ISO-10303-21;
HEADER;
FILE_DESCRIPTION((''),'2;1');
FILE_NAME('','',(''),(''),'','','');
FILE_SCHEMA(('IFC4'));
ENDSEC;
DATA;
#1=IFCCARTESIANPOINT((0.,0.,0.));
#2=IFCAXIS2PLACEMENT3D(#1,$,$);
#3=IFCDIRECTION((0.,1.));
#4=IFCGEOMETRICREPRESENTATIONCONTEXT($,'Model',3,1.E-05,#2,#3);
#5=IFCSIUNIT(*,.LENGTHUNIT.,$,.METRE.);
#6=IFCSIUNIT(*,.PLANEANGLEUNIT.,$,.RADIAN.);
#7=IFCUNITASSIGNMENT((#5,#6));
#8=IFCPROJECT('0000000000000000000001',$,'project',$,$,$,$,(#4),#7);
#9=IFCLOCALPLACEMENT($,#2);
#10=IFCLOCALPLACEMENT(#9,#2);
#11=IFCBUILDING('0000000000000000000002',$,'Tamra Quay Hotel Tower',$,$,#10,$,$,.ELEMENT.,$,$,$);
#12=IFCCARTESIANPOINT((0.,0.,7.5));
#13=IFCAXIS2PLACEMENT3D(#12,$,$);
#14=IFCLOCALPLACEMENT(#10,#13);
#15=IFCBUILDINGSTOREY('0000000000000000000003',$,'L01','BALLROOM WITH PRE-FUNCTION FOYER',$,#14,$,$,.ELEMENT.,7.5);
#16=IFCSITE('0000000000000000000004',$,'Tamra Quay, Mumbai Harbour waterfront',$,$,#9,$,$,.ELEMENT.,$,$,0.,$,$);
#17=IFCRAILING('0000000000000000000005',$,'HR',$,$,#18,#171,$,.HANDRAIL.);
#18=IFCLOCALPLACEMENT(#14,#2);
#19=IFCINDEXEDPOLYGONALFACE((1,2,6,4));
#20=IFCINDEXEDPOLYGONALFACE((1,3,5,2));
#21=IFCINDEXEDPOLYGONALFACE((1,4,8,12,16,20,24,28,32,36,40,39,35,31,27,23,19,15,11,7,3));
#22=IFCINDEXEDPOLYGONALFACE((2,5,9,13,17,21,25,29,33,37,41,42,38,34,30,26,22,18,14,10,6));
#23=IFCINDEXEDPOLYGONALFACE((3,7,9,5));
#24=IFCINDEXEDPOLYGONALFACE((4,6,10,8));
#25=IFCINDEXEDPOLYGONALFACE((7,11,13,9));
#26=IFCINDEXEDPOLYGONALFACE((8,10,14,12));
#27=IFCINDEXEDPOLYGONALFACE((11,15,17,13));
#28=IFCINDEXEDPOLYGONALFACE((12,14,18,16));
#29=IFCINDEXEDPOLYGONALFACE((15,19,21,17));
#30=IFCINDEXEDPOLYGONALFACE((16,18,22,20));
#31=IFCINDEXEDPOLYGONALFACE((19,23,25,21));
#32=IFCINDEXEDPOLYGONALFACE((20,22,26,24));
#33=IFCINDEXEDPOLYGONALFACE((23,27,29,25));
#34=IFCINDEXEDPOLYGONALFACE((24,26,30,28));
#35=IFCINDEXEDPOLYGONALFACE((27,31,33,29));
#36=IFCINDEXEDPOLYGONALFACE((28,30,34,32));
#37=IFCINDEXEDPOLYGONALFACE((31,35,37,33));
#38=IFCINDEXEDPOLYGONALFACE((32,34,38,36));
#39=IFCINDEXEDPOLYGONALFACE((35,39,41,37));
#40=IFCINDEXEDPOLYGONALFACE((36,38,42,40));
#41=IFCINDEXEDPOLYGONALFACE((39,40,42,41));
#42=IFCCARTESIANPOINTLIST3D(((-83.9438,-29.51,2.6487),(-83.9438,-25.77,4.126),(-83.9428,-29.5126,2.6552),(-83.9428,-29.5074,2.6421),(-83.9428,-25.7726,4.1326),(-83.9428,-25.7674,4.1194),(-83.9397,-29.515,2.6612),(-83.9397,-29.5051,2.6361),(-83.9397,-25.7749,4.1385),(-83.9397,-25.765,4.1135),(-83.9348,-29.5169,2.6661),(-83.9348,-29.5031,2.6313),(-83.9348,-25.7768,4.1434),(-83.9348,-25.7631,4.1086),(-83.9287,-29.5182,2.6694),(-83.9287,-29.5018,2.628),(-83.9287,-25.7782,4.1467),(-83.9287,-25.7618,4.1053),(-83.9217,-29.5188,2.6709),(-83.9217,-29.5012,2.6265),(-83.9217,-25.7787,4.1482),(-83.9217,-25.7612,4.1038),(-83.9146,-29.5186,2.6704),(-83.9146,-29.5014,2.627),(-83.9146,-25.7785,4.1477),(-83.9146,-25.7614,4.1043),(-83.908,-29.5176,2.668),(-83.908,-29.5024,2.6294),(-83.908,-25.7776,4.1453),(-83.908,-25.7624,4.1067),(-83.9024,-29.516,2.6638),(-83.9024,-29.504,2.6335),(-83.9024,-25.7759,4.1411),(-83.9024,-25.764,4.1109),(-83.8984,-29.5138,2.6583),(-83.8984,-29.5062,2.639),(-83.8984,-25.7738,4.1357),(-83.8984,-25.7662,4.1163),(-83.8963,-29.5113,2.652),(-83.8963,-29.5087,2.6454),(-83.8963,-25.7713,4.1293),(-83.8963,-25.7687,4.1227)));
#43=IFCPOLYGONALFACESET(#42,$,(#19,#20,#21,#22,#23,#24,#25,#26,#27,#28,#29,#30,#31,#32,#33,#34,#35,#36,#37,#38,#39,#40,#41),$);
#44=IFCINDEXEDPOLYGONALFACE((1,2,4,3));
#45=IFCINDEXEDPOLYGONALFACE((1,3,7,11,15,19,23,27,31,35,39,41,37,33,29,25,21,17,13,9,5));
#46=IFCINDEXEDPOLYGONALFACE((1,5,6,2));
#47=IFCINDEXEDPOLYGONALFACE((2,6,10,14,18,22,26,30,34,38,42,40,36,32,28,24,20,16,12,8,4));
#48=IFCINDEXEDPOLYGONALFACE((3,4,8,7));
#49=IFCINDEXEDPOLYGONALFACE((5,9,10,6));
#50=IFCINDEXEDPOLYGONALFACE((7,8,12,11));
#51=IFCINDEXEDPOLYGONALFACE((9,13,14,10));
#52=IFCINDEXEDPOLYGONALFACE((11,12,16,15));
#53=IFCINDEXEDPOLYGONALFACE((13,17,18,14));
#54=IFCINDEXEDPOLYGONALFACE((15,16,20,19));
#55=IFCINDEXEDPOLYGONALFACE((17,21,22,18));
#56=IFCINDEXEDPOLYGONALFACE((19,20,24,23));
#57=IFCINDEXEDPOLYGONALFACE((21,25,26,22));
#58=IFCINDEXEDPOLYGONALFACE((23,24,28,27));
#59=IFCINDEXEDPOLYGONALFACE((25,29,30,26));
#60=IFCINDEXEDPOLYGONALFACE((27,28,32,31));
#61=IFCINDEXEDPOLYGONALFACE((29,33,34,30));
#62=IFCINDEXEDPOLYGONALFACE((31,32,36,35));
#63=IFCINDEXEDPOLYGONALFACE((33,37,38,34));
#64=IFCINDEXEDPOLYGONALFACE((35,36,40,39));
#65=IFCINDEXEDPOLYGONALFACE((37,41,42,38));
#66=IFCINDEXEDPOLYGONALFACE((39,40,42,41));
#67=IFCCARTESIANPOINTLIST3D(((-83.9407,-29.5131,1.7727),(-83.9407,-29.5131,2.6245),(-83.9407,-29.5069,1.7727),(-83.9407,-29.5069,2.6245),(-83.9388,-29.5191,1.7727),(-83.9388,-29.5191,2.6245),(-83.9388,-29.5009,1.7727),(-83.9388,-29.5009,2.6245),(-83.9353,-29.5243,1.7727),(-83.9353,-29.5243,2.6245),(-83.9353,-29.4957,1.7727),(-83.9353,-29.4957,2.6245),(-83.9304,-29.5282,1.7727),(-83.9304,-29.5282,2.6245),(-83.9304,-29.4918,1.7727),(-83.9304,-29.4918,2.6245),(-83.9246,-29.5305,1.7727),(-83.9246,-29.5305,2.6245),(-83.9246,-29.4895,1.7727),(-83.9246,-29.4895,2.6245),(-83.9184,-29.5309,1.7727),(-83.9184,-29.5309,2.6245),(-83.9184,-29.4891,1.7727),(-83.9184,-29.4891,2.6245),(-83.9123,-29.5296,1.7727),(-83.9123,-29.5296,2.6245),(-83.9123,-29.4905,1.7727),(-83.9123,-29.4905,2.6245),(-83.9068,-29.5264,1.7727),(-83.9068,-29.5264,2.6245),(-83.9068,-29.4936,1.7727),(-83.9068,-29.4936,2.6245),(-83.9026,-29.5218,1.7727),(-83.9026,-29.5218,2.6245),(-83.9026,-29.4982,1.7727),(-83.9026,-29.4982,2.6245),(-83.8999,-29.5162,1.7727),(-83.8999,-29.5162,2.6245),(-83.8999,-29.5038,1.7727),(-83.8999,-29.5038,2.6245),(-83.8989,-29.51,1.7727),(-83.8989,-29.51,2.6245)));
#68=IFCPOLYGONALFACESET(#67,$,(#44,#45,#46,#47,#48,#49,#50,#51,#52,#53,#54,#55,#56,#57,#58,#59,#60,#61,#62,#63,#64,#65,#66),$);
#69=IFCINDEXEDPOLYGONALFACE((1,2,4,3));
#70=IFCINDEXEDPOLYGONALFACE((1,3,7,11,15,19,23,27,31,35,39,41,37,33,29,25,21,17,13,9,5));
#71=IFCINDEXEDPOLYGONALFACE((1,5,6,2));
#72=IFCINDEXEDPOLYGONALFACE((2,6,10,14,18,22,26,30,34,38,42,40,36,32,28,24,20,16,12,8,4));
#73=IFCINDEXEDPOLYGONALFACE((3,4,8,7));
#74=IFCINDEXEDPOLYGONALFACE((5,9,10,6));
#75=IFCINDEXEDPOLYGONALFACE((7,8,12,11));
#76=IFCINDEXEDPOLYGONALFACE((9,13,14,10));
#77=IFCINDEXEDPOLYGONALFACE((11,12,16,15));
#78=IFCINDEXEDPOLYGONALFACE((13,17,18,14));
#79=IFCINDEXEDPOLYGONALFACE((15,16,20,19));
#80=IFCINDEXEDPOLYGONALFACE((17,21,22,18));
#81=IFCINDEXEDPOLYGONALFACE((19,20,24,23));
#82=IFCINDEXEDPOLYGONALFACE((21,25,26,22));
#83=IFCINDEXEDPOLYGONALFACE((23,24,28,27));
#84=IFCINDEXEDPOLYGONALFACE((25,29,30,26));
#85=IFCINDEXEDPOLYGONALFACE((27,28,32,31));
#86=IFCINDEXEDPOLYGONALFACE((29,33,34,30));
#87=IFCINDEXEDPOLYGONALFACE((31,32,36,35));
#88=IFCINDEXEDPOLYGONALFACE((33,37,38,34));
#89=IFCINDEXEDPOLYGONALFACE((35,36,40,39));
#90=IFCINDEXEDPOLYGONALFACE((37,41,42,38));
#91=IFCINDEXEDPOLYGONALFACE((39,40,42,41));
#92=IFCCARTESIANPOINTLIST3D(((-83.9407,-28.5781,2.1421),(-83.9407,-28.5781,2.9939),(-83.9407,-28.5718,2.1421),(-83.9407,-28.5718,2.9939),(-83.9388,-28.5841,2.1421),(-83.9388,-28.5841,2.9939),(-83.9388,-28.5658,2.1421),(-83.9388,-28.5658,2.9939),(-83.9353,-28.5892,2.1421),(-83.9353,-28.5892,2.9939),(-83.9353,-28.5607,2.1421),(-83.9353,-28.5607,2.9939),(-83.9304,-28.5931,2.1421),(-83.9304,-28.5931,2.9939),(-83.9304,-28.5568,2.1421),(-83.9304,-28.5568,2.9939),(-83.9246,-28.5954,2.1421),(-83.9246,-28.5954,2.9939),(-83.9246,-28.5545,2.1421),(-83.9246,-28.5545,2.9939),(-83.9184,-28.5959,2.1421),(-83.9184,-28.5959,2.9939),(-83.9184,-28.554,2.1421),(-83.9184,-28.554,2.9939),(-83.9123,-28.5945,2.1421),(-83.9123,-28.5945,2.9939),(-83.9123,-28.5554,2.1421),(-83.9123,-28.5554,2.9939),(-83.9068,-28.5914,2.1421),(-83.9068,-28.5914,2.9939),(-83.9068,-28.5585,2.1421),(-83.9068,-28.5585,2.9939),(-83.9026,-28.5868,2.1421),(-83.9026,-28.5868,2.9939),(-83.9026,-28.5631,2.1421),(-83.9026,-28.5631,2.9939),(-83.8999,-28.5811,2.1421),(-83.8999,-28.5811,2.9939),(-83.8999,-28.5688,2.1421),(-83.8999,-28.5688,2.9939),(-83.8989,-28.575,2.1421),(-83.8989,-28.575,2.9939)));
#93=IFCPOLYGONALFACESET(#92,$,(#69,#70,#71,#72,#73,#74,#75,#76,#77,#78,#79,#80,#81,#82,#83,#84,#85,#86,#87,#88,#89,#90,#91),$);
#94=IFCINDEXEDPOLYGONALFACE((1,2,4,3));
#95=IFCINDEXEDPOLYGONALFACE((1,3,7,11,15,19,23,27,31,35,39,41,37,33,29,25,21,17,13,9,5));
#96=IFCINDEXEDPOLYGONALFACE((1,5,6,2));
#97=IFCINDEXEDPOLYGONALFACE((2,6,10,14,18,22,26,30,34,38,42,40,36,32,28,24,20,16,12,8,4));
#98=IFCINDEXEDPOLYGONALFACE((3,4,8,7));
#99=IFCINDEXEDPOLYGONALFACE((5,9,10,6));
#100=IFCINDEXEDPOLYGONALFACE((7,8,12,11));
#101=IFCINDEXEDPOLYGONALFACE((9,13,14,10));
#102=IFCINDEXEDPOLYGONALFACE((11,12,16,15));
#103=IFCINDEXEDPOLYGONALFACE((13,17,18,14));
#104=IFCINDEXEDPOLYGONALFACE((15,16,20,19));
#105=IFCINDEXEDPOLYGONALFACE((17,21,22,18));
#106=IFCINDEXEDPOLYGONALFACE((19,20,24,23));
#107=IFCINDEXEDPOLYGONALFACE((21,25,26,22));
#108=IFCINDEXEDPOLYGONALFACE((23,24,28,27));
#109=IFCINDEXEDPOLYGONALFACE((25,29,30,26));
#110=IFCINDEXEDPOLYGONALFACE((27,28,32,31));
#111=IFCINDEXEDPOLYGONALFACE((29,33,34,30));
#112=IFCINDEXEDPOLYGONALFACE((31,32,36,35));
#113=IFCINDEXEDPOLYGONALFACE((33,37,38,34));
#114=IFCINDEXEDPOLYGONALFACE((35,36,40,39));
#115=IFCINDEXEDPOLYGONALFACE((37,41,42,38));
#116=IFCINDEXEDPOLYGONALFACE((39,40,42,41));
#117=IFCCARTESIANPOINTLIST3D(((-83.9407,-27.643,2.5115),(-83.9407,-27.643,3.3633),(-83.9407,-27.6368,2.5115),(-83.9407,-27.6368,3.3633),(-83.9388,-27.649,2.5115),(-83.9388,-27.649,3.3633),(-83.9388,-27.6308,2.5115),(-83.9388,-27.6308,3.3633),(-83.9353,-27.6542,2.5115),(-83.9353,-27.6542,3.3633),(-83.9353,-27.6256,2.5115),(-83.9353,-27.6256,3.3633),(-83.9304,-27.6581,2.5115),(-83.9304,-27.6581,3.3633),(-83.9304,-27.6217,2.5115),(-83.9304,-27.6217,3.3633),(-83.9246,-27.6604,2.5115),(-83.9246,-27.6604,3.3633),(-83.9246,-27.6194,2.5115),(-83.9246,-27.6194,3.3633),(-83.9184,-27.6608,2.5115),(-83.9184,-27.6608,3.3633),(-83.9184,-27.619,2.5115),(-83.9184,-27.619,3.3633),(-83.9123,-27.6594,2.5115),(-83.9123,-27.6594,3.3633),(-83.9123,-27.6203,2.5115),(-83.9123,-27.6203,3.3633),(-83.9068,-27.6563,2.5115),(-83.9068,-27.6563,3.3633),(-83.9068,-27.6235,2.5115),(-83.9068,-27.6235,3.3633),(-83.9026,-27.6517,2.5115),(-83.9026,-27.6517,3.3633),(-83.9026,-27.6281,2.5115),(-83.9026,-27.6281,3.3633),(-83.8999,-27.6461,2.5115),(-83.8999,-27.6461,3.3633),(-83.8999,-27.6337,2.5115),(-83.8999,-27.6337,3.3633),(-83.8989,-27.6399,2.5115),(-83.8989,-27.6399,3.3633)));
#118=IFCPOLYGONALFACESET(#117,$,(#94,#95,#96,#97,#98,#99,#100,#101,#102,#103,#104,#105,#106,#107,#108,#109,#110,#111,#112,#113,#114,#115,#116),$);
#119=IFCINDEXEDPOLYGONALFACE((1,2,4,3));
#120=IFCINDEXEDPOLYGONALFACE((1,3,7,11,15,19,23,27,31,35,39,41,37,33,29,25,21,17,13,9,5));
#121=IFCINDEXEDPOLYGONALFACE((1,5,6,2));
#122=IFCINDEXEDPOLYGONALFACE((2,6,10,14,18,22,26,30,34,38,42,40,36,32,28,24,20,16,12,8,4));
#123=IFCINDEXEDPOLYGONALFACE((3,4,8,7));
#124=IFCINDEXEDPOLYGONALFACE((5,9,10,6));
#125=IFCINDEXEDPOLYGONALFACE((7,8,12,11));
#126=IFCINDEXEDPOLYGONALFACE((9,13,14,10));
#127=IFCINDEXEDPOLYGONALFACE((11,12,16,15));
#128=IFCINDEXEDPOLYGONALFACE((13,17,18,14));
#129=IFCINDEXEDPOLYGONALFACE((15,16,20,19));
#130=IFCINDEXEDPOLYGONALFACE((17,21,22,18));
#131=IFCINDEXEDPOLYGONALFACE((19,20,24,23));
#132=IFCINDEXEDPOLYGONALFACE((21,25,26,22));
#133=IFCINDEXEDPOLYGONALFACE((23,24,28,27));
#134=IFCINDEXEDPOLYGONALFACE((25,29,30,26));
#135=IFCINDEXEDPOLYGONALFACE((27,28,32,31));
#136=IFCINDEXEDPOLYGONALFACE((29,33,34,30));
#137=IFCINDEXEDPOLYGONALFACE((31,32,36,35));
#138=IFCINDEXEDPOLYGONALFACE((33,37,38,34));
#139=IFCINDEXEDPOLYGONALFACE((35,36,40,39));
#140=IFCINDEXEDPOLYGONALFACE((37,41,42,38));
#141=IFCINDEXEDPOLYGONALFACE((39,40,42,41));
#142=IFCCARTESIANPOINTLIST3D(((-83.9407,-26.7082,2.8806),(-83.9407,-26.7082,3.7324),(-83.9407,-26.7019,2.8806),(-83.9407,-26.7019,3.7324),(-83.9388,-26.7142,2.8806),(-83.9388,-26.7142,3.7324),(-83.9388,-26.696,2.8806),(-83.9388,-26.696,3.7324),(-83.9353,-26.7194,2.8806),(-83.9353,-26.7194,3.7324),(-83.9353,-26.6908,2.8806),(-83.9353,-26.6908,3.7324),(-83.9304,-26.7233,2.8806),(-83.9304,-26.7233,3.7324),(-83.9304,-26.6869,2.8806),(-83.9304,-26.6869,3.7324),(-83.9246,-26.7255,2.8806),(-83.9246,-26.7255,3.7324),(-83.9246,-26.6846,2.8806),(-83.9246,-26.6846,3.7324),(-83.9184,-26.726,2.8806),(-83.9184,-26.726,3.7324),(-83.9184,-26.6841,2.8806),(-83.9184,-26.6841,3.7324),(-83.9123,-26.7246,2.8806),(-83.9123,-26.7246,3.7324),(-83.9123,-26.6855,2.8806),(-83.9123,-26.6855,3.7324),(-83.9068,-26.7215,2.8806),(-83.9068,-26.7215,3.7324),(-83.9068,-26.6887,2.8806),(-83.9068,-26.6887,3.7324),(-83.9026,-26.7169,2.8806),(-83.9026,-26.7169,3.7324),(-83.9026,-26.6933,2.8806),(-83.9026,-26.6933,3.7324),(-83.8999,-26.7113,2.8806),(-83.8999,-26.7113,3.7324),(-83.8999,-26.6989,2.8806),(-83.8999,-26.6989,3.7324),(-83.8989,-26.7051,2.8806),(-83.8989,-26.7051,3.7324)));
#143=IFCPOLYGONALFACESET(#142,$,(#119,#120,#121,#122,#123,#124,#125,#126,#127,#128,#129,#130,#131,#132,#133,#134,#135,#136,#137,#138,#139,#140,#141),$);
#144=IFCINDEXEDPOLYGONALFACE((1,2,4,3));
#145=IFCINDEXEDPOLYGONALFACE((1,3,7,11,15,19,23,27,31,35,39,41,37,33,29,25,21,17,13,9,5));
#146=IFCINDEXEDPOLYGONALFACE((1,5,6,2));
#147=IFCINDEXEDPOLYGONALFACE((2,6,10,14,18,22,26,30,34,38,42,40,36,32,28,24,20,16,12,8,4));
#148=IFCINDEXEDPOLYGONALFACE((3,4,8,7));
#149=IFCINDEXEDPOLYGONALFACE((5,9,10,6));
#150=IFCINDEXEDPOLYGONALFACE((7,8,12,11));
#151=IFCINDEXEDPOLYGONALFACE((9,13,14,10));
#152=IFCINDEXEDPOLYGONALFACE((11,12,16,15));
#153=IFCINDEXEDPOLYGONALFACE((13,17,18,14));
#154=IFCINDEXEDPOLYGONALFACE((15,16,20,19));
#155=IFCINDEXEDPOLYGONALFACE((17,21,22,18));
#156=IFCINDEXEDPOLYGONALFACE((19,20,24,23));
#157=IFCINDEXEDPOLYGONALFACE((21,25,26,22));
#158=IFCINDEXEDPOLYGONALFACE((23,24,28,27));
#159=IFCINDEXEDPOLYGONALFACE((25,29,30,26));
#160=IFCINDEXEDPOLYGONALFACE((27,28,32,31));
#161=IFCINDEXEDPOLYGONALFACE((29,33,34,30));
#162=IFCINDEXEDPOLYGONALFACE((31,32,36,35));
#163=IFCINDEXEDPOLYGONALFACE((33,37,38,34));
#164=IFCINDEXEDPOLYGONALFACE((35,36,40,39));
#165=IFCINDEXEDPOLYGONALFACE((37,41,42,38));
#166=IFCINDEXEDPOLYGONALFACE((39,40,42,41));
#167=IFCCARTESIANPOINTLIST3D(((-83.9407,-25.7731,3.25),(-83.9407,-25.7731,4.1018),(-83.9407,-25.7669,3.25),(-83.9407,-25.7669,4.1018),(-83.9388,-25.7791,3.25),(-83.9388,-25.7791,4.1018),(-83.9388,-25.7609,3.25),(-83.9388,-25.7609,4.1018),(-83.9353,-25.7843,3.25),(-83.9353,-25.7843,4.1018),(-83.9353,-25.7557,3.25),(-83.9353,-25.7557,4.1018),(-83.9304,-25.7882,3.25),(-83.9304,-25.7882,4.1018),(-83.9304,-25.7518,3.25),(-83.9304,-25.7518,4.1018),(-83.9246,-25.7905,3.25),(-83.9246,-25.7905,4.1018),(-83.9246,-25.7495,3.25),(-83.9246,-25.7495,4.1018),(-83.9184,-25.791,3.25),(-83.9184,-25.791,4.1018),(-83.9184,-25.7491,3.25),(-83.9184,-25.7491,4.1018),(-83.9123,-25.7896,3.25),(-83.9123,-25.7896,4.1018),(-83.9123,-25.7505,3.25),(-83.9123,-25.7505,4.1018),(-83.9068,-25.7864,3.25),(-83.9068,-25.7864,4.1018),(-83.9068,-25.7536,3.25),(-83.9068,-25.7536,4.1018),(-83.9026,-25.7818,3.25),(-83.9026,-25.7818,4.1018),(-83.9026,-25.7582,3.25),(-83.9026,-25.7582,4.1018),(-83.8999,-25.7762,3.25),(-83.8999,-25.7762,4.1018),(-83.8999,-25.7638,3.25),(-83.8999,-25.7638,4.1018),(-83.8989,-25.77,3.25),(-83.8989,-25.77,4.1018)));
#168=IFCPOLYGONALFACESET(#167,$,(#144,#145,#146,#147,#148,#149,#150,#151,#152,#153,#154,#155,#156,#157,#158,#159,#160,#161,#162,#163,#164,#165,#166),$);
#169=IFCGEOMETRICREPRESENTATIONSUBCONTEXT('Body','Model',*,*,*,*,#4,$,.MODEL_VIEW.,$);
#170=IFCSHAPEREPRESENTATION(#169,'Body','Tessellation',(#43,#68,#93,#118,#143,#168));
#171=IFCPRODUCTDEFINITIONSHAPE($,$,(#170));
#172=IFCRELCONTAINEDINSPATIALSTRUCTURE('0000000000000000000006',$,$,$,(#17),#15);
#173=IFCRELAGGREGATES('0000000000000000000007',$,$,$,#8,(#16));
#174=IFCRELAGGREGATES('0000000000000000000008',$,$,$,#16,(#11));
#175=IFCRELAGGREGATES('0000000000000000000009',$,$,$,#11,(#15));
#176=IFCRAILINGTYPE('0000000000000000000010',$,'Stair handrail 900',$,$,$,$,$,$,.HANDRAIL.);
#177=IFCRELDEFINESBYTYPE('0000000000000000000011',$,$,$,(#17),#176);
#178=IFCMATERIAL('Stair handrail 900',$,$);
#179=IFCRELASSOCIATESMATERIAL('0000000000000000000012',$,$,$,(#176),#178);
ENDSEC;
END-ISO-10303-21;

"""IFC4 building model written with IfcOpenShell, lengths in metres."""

from ifc_helpers import new_model, si_unit, direction, frame, origin, origin_2d, place, context, subcontext, project, spatial, circle, extrude, material, type_object, element, save


model = new_model("IFC4")

# Units and contexts
model_context = context("Model", 3, precision=1e-05, world=origin(), true_north=direction((0.0, 1.0)))
body_context = subcontext(model_context, "Body", "Model", "MODEL_VIEW")
ifc_project = project(units=[si_unit("LENGTHUNIT", "METRE"), si_unit("PLANEANGLEUNIT", "RADIAN")], contexts=[model_context])

# Site, building, storey
site_placement = place(None, origin())
site = spatial("IfcSite", under=ifc_project, at=site_placement, Name="Tamra Quay, Mumbai Harbour waterfront", CompositionType="ELEMENT", RefElevation=0.0)
building_placement = place(site_placement, origin())
building = spatial("IfcBuilding", under=site, at=building_placement, Name="Tamra Quay Hotel Tower", CompositionType="ELEMENT")
storey_placement = place(building_placement, frame((0.0, 0.0, 7.5)))
storey = spatial("IfcBuildingStorey", under=building, at=storey_placement, Name="L01", Description="BALLROOM WITH PRE-FUNCTION FOYER", CompositionType="ELEMENT", Elevation=7.5)

# Railing
ifc_material_1 = material(Name="Stair handrail 900")
railing_type = type_object("IfcRailingType", Name="Stair handrail 900", PredefinedType="HANDRAIL", material=ifc_material_1)
for number, where, name in (
    (1, (-83.9199, -29.51, 1.7727), "HR"),
):
    element("IfcRailing", number, at=place(storey_placement, frame(where)), inside=storey, type_object=railing_type, Name=name, PredefinedType="HANDRAIL", context=body_context, shape_type="SweptSolid", body=[
        extrude(circle(Radius=0.0239, at=origin_2d()), frame((0.0, 0.0, 0.876), z_axis=(0.0, 0.930072, 0.367378), x_axis=(-1.0, 0.0, 0.0)), (0.0, 0.0, 1.0), 4.0212),
        extrude(circle(Radius=0.021, at=origin_2d()), origin(), (0.0, 0.0, 1.0), 0.8518),
        extrude(circle(Radius=0.021, at=origin_2d()), frame((0.0, 0.9351, 0.3694)), (0.0, 0.0, 1.0), 0.8518),
        extrude(circle(Radius=0.021, at=origin_2d()), frame((0.0, 1.8701, 0.7388)), (0.0, 0.0, 1.0), 0.8518),
        extrude(circle(Radius=0.021, at=origin_2d()), frame((0.0, 2.8049, 1.1079)), (0.0, 0.0, 1.0), 0.8518),
        extrude(circle(Radius=0.021, at=origin_2d()), frame((0.0, 3.74, 1.4773)), (0.0, 0.0, 1.0), 0.8518),
    ])

save(model, "model.ifc")
